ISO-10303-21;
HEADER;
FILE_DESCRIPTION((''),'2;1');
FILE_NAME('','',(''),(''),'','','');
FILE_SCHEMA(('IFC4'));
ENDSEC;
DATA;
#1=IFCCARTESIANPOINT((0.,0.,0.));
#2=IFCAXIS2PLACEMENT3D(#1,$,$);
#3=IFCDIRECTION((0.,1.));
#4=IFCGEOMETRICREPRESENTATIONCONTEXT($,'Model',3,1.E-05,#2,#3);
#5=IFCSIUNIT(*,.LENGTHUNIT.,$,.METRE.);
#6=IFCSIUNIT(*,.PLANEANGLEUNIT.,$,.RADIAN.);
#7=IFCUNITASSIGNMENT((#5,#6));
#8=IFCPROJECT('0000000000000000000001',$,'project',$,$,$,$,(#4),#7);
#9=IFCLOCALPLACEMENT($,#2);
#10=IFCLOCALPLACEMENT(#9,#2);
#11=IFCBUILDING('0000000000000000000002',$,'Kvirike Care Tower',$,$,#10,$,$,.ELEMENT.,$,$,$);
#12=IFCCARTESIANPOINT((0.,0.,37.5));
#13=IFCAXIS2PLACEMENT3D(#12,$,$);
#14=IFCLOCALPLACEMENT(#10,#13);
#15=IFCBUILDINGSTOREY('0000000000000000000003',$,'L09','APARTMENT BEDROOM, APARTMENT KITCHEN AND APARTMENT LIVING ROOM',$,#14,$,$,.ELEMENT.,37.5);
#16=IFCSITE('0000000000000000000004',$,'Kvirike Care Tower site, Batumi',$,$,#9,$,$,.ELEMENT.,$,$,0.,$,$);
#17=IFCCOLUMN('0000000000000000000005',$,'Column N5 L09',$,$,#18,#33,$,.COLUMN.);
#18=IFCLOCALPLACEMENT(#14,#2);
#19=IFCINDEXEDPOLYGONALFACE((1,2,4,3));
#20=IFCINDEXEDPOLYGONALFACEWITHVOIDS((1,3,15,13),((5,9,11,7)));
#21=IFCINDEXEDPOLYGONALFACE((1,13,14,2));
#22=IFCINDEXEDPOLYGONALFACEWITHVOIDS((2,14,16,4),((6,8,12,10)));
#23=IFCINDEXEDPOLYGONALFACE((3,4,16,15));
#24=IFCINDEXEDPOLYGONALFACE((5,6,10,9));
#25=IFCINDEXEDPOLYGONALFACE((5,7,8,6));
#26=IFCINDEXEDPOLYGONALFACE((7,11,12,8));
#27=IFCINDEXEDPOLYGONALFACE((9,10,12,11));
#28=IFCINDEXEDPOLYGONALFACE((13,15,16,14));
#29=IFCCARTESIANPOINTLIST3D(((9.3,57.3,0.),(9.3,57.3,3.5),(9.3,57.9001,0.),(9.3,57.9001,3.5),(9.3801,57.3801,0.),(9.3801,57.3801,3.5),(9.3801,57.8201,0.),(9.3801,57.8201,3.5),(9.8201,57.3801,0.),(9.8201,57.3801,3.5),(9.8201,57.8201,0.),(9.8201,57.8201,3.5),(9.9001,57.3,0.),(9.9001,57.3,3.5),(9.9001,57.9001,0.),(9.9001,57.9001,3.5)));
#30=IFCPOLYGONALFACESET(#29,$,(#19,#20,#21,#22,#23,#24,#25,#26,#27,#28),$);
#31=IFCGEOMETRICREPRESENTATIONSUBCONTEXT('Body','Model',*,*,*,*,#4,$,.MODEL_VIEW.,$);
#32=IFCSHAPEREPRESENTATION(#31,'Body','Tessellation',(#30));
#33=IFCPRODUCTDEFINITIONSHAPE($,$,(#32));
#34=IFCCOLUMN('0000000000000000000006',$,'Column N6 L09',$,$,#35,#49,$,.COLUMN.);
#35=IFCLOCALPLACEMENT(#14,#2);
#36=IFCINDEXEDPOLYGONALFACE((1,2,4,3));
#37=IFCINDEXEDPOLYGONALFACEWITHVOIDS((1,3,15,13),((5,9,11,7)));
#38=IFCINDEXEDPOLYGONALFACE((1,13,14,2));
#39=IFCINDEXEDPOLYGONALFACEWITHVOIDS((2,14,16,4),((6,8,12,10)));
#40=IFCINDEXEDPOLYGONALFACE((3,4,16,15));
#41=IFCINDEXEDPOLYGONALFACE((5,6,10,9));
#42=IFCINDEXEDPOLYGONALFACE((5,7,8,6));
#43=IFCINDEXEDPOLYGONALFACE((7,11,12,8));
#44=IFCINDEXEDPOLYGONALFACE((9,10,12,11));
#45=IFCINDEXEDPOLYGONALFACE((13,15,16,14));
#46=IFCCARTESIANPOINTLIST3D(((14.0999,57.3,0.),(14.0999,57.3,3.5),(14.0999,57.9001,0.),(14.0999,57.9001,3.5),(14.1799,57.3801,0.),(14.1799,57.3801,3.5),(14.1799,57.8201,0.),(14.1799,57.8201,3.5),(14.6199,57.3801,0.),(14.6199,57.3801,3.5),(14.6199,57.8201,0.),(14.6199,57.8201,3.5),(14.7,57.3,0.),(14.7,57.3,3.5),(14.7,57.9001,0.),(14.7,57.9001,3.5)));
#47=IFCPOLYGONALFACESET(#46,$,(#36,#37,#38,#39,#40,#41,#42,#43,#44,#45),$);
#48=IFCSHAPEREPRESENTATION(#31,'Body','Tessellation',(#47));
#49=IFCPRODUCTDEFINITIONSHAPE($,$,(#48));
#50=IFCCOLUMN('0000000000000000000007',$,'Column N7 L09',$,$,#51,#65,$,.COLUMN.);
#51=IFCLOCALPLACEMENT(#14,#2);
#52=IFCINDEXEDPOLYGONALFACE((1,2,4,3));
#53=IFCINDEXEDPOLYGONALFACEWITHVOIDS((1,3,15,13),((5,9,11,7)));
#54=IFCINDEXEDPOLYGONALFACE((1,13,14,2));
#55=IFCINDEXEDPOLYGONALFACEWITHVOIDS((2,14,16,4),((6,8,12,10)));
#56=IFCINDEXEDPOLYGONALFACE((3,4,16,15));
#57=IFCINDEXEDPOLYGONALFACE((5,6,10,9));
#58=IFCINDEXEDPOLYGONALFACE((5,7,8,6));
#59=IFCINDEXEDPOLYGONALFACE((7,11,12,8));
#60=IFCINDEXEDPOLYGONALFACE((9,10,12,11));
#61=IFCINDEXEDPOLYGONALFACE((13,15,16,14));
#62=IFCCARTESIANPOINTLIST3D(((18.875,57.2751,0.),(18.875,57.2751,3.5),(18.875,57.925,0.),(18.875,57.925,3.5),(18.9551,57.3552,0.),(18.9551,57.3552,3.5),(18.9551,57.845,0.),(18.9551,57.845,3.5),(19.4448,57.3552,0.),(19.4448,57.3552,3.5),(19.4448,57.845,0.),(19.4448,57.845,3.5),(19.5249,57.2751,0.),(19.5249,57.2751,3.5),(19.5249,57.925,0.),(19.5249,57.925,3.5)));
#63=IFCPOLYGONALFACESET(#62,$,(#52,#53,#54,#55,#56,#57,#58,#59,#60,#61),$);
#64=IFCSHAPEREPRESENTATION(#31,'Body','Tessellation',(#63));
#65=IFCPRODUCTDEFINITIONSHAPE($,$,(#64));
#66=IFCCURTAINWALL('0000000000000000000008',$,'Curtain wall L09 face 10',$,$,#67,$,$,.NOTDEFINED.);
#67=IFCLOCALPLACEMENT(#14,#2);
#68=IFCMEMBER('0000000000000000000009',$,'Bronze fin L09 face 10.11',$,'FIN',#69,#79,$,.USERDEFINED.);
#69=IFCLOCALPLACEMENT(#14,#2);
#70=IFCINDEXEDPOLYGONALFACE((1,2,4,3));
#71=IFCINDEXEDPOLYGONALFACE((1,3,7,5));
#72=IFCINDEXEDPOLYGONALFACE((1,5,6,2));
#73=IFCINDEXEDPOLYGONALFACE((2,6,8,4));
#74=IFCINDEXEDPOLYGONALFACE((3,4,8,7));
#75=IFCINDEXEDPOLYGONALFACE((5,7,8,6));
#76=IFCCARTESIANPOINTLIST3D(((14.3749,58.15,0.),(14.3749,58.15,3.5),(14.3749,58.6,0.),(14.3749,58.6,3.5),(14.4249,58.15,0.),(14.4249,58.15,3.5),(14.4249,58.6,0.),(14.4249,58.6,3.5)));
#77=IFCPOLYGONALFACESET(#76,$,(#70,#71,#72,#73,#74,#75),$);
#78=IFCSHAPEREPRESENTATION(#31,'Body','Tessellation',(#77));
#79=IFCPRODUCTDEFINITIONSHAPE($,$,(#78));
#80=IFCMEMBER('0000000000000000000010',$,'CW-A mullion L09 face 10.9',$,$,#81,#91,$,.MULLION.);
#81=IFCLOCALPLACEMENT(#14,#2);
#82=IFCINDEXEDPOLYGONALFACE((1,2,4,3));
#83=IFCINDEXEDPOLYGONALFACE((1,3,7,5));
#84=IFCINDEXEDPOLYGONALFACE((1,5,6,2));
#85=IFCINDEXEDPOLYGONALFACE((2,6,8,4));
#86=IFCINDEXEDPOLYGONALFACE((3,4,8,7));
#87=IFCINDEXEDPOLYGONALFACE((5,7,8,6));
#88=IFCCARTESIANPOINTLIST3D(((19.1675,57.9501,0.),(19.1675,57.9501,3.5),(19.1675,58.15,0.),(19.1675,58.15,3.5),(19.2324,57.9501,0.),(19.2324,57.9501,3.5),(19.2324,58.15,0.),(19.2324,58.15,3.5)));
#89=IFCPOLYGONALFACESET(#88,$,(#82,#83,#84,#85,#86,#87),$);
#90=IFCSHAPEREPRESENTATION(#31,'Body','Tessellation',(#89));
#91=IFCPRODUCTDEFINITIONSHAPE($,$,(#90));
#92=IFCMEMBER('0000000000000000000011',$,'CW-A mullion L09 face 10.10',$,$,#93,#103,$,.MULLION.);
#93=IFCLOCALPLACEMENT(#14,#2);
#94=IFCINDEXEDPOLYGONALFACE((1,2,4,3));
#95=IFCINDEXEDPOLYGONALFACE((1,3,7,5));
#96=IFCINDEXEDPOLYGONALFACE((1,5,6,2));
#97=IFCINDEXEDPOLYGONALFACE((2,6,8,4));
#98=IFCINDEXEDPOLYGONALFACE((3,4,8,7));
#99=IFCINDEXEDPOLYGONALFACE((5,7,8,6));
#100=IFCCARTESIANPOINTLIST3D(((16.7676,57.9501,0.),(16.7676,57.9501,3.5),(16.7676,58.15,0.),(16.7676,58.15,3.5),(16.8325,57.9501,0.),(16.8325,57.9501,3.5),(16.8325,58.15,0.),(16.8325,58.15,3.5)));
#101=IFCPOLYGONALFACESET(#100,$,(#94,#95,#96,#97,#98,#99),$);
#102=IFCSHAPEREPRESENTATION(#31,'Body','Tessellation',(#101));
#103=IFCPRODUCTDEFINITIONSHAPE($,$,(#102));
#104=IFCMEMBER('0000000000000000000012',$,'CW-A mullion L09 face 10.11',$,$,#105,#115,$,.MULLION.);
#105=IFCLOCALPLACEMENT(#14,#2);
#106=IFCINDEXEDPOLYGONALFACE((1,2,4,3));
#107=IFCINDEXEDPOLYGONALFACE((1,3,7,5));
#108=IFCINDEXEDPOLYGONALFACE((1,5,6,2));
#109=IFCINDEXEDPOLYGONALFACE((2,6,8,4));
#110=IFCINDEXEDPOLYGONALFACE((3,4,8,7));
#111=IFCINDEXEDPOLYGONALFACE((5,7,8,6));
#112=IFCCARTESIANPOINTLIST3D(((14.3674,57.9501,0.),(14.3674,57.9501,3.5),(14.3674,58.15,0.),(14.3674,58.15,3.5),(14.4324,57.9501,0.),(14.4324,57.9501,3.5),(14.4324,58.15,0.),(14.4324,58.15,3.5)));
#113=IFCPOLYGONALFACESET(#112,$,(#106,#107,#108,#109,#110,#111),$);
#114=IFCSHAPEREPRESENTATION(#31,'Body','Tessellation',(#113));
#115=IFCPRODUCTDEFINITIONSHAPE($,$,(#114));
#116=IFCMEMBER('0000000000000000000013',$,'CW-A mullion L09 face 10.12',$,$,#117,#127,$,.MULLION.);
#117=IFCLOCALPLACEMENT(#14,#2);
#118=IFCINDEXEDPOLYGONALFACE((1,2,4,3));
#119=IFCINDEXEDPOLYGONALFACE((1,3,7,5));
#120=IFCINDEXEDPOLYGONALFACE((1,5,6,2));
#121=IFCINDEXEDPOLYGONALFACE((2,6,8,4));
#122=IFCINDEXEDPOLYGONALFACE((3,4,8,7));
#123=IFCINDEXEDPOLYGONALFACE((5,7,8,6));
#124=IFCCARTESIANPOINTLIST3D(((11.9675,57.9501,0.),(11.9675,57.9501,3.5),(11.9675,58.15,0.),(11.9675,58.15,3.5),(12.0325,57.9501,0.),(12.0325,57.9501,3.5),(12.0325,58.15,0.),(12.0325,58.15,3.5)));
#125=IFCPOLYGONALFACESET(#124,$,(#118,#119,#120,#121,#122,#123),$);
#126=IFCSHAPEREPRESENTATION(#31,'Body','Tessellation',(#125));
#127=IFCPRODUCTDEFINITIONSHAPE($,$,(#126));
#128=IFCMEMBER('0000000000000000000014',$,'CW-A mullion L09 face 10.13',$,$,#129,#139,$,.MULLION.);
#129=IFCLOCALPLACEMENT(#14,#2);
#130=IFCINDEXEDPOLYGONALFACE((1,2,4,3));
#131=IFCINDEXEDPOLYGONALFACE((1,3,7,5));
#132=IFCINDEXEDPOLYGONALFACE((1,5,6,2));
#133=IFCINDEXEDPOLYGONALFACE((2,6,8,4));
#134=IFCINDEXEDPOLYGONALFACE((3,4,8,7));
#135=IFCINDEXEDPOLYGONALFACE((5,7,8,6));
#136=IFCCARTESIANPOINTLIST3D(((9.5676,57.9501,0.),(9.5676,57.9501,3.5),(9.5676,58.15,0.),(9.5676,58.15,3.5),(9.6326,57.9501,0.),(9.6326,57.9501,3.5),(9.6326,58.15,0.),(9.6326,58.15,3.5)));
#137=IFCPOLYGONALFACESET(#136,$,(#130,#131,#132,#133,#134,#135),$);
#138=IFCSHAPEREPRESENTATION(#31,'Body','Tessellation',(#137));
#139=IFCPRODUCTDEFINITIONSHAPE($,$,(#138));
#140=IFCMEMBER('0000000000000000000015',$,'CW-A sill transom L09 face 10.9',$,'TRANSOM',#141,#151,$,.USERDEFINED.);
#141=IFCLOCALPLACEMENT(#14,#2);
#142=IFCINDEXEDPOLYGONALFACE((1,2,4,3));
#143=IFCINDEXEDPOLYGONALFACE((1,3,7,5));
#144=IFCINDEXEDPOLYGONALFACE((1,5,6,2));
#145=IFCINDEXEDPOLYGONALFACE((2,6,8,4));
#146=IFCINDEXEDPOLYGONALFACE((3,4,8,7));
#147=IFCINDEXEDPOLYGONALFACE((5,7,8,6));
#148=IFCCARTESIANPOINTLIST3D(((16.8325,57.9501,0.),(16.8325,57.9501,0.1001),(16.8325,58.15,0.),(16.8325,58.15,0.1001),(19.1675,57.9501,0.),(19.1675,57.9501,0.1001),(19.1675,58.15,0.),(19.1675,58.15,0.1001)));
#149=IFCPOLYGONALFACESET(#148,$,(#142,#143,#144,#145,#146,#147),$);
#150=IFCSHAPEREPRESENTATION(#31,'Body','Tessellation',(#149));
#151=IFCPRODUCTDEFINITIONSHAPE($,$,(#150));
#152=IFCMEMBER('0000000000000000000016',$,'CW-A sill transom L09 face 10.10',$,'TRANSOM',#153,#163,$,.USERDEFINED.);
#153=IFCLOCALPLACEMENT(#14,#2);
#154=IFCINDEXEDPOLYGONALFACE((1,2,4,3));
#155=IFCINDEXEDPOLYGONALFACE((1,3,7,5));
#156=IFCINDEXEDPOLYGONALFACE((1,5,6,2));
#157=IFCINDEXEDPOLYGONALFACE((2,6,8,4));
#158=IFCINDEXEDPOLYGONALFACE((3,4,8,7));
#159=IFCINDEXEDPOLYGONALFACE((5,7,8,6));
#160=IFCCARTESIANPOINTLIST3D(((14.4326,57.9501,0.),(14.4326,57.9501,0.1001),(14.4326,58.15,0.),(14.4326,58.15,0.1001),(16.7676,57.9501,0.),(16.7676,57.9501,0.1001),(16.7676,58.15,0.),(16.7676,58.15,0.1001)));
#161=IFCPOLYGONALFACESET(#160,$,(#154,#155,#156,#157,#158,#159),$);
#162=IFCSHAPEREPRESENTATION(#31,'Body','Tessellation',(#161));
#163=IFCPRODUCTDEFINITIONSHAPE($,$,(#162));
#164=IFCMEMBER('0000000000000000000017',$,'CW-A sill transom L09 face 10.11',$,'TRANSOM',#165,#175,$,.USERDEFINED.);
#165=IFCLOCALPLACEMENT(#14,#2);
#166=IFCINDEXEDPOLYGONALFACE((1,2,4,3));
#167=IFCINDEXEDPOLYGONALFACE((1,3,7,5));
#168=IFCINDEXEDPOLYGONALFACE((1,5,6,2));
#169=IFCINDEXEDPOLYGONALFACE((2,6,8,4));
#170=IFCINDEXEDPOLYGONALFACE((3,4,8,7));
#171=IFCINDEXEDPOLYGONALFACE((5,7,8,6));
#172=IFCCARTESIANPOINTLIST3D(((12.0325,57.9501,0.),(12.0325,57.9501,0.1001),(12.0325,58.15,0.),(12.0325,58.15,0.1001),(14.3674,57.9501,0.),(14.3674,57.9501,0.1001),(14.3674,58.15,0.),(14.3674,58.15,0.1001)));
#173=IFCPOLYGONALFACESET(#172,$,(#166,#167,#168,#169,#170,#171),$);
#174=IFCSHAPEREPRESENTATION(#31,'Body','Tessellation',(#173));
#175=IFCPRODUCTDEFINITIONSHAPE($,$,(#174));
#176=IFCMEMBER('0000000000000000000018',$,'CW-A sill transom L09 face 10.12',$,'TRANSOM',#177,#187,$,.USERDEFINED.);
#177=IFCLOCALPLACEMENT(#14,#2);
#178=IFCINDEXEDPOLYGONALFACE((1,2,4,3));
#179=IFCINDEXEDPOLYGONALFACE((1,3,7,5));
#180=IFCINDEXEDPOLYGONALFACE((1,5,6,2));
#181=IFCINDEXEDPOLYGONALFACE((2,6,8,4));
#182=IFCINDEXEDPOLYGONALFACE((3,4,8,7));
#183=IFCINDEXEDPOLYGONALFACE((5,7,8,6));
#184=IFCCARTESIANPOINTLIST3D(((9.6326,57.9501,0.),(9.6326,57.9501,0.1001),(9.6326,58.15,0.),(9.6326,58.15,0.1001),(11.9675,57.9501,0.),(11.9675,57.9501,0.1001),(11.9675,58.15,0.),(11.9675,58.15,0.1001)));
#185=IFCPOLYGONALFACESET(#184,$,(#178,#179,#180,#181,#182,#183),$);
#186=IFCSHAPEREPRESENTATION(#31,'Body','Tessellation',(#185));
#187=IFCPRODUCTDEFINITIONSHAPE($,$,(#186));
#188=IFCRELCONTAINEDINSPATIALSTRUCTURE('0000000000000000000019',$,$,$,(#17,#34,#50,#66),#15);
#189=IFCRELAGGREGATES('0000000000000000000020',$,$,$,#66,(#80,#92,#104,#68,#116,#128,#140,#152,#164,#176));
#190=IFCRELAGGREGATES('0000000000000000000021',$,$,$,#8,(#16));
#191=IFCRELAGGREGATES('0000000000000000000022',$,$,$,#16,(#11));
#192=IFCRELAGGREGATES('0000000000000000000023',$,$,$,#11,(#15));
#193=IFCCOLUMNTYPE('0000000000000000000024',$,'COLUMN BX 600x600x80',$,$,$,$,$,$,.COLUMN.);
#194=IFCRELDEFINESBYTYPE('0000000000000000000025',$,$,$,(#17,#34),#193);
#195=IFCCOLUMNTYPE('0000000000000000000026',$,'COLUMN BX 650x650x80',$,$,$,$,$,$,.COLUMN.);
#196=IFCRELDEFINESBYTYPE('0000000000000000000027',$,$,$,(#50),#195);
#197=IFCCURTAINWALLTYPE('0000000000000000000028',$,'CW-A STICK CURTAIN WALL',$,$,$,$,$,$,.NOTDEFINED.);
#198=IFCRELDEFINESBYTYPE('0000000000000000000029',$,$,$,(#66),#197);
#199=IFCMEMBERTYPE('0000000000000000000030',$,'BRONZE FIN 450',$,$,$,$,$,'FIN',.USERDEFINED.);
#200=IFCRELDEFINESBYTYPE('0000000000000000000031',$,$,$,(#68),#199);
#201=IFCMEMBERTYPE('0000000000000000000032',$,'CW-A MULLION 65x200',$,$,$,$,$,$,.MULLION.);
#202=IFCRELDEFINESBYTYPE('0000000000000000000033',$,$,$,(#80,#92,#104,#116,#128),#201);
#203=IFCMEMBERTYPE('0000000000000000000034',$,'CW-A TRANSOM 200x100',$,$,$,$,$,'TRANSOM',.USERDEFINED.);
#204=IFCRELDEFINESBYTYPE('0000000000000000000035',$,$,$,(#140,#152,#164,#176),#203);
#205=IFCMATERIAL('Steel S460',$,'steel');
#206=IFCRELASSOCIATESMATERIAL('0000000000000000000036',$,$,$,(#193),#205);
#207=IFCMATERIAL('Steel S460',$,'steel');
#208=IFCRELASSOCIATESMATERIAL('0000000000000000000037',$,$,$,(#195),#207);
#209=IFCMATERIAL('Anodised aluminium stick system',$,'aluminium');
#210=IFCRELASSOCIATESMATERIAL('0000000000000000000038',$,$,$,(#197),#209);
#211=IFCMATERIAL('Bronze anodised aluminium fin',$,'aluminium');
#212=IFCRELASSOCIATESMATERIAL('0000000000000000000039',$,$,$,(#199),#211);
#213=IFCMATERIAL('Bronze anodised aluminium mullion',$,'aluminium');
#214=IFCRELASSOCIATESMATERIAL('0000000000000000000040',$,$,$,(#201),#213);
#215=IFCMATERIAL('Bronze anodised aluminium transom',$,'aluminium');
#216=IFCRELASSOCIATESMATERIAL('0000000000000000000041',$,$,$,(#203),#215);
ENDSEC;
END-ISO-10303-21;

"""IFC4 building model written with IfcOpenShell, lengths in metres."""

from ifc_helpers import new_model, si_unit, direction, frame, origin, origin_2d, place, context, subcontext, project, spatial, rectangle, hollow_rectangle, extrude, material, material_profile, profile_set, type_object, element, aggregate, save


model = new_model("IFC4")

# Units and contexts
model_context = context("Model", 3, precision=1e-05, world=origin(), true_north=direction((0.0, 1.0)))
body_context = subcontext(model_context, "Body", "Model", "MODEL_VIEW")
ifc_project = project(units=[si_unit("LENGTHUNIT", "METRE"), si_unit("PLANEANGLEUNIT", "RADIAN")], contexts=[model_context])

# Site, building, storey
site_placement = place(None, origin())
site = spatial("IfcSite", under=ifc_project, at=site_placement, Name="Kvirike Care Tower site, Batumi", CompositionType="ELEMENT", RefElevation=0.0)
building_placement = place(site_placement, origin())
building = spatial("IfcBuilding", under=site, at=building_placement, Name="Kvirike Care Tower", CompositionType="ELEMENT")
storey_placement = place(building_placement, frame((0.0, 0.0, 37.5)))
storey = spatial("IfcBuildingStorey", under=building, at=storey_placement, Name="L09", Description="APARTMENT BEDROOM, APARTMENT KITCHEN AND APARTMENT LIVING ROOM", CompositionType="ELEMENT", Elevation=37.5)

# Columns
ifc_material_1 = material(Name="Steel S460", Category="steel")
ifc_material_profile_1 = material_profile(ifc_material_1, hollow_rectangle(XDim=0.6001, YDim=0.6001, WallThickness=0.0801, at=origin_2d()), Name="BX 600x600x80")
ifc_profile_set_1 = profile_set([ifc_material_profile_1], Name="Steel S460")
column_type_1 = type_object("IfcColumnType", Name="COLUMN BX 600x600x80", PredefinedType="COLUMN", material=ifc_profile_set_1)
for number, where, z_axis, x_axis, name in (
    (1, (9.6001, 57.6001, 0.0), (0.0, 0.0, 1.0), (0.0, 1.0, 0.0), "Column N5 L09"),
    (2, (14.3999, 57.6001, 0.0), (0.0, 0.0, 1.0), (0.0, 1.0, 0.0), "Column N6 L09"),
):
    element("IfcColumn", number, at=place(storey_placement, frame(where, z_axis=z_axis, x_axis=x_axis)), inside=storey, type_object=column_type_1, Name=name, PredefinedType="COLUMN", context=body_context, shape_type="SweptSolid", body=[
        extrude(hollow_rectangle(XDim=0.6001, YDim=0.6001, WallThickness=0.0801, at=origin_2d()), origin(), (0.0, 0.0, 1.0), 3.5),
    ])
ifc_material_2 = material(Name="Steel S460", Category="steel")
ifc_material_profile_2 = material_profile(ifc_material_2, hollow_rectangle(XDim=0.6499, YDim=0.6499, WallThickness=0.0801, at=origin_2d()), Name="BX 650x650x80")
ifc_profile_set_2 = profile_set([ifc_material_profile_2], Name="Steel S460")
column_type_2 = type_object("IfcColumnType", Name="COLUMN BX 650x650x80", PredefinedType="COLUMN", material=ifc_profile_set_2)
column_placement = place(storey_placement, frame((19.2, 57.6001, 0.0), z_axis=(0.0, 0.0, 1.0), x_axis=(0.0, 1.0, 0.0)))
element("IfcColumn", 3, at=column_placement, inside=storey, type_object=column_type_2, Name="Column N7 L09", PredefinedType="COLUMN", context=body_context, shape_type="SweptSolid", body=[
    extrude(hollow_rectangle(XDim=0.6499, YDim=0.6499, WallThickness=0.0801, at=origin_2d()), origin(), (0.0, 0.0, 1.0), 3.5),
])

# Curtain wall, members
ifc_material_3 = material(Name="Anodised aluminium stick system", Category="aluminium")
curtain_wall_type = type_object("IfcCurtainWallType", Name="CW-A STICK CURTAIN WALL", PredefinedType="NOTDEFINED", material=ifc_material_3)
curtain_wall_placement = place(storey_placement, origin())
curtain_wall = element("IfcCurtainWall", 4, at=curtain_wall_placement, inside=storey, type_object=curtain_wall_type, Name="Curtain wall L09 face 10", PredefinedType="NOTDEFINED")
ifc_material_4 = material(Name="Bronze anodised aluminium fin", Category="aluminium")
ifc_material_profile_3 = material_profile(ifc_material_4, rectangle(XDim=0.05, YDim=0.45, at=origin_2d()), Name="BRONZE FIN 450")
ifc_profile_set_3 = profile_set([ifc_material_profile_3], Name="Bronze anodised aluminium fin")
member_type_1 = type_object("IfcMemberType", Name="BRONZE FIN 450", ElementType="FIN", PredefinedType="USERDEFINED", material=ifc_profile_set_3)
member_1_placement = place(storey_placement, frame((14.3999, 58.375, 0.0), z_axis=(0.0, 0.0, 1.0), x_axis=(-1.0, 0.0, 0.0)))
member_1 = element("IfcMember", 5, at=member_1_placement, type_object=member_type_1, Name="Bronze fin L09 face 10.11", ObjectType="FIN", PredefinedType="USERDEFINED", context=body_context, shape_type="SweptSolid", body=[
    extrude(rectangle(XDim=0.05, YDim=0.45, at=origin_2d()), origin(), (0.0, 0.0, 1.0), 3.5),
])
ifc_material_5 = material(Name="Bronze anodised aluminium mullion", Category="aluminium")
ifc_material_profile_4 = material_profile(ifc_material_5, rectangle(XDim=0.0649, YDim=0.2, at=origin_2d()), Name="CW-A MULLION 65x200")
ifc_profile_set_4 = profile_set([ifc_material_profile_4], Name="Bronze anodised aluminium mullion")
member_type_2 = type_object("IfcMemberType", Name="CW-A MULLION 65x200", PredefinedType="MULLION", material=ifc_profile_set_4)
member_2_placement = place(storey_placement, frame((19.2, 58.05, 0.0), z_axis=(0.0, 0.0, 1.0), x_axis=(-1.0, 0.0, 0.0)))
member_2 = element("IfcMember", 6, at=member_2_placement, type_object=member_type_2, Name="CW-A mullion L09 face 10.9", PredefinedType="MULLION", context=body_context, shape_type="SweptSolid", body=[
    extrude(rectangle(XDim=0.0649, YDim=0.2, at=origin_2d()), origin(), (0.0, 0.0, 1.0), 3.5),
])
member_3_placement = place(storey_placement, frame((16.8, 58.05, 0.0), z_axis=(0.0, 0.0, 1.0), x_axis=(-1.0, 0.0, 0.0)))
member_3 = element("IfcMember", 7, at=member_3_placement, type_object=member_type_2, Name="CW-A mullion L09 face 10.10", PredefinedType="MULLION", context=body_context, shape_type="SweptSolid", body=[
    extrude(rectangle(XDim=0.0649, YDim=0.2, at=origin_2d()), origin(), (0.0, 0.0, 1.0), 3.5),
])
member_4_placement = place(storey_placement, frame((14.3999, 58.05, 0.0), z_axis=(0.0, 0.0, 1.0), x_axis=(-1.0, 0.0, 0.0)))
member_4 = element("IfcMember", 8, at=member_4_placement, type_object=member_type_2, Name="CW-A mullion L09 face 10.11", PredefinedType="MULLION", context=body_context, shape_type="SweptSolid", body=[
    extrude(rectangle(XDim=0.0649, YDim=0.2, at=origin_2d()), origin(), (0.0, 0.0, 1.0), 3.5),
])
member_5_placement = place(storey_placement, frame((12.0, 58.05, 0.0), z_axis=(0.0, 0.0, 1.0), x_axis=(-1.0, 0.0, 0.0)))
member_5 = element("IfcMember", 9, at=member_5_placement, type_object=member_type_2, Name="CW-A mullion L09 face 10.12", PredefinedType="MULLION", context=body_context, shape_type="SweptSolid", body=[
    extrude(rectangle(XDim=0.0649, YDim=0.2, at=origin_2d()), origin(), (0.0, 0.0, 1.0), 3.5),
])
member_6_placement = place(storey_placement, frame((9.6001, 58.05, 0.0), z_axis=(0.0, 0.0, 1.0), x_axis=(-1.0, 0.0, 0.0)))
member_6 = element("IfcMember", 10, at=member_6_placement, type_object=member_type_2, Name="CW-A mullion L09 face 10.13", PredefinedType="MULLION", context=body_context, shape_type="SweptSolid", body=[
    extrude(rectangle(XDim=0.0649, YDim=0.2, at=origin_2d()), origin(), (0.0, 0.0, 1.0), 3.5),
])
ifc_material_6 = material(Name="Bronze anodised aluminium transom", Category="aluminium")
ifc_material_profile_5 = material_profile(ifc_material_6, rectangle(XDim=0.2, YDim=0.1001, at=origin_2d()), Name="CW-A TRANSOM 200x100")
ifc_profile_set_5 = profile_set([ifc_material_profile_5], Name="Bronze anodised aluminium transom")
member_type_3 = type_object("IfcMemberType", Name="CW-A TRANSOM 200x100", ElementType="TRANSOM", PredefinedType="USERDEFINED", material=ifc_profile_set_5)
member_7_placement = place(storey_placement, frame((19.1675, 58.05, 0.05), z_axis=(-1.0, 0.0, 0.0), x_axis=(0.0, -1.0, 0.0)))
member_7 = element("IfcMember", 11, at=member_7_placement, type_object=member_type_3, Name="CW-A sill transom L09 face 10.9", ObjectType="TRANSOM", PredefinedType="USERDEFINED", context=body_context, shape_type="SweptSolid", body=[
    extrude(rectangle(XDim=0.2, YDim=0.1001, at=origin_2d()), origin(), (0.0, 0.0, 1.0), 2.335),
])
member_8_placement = place(storey_placement, frame((16.7676, 58.05, 0.05), z_axis=(-1.0, 0.0, 0.0), x_axis=(0.0, -1.0, 0.0)))
member_8 = element("IfcMember", 12, at=member_8_placement, type_object=member_type_3, Name="CW-A sill transom L09 face 10.10", ObjectType="TRANSOM", PredefinedType="USERDEFINED", context=body_context, shape_type="SweptSolid", body=[
    extrude(rectangle(XDim=0.2, YDim=0.1001, at=origin_2d()), origin(), (0.0, 0.0, 1.0), 2.335),
])
member_9_placement = place(storey_placement, frame((14.3674, 58.05, 0.05), z_axis=(-1.0, 0.0, 0.0), x_axis=(0.0, -1.0, 0.0)))
member_9 = element("IfcMember", 13, at=member_9_placement, type_object=member_type_3, Name="CW-A sill transom L09 face 10.11", ObjectType="TRANSOM", PredefinedType="USERDEFINED", context=body_context, shape_type="SweptSolid", body=[
    extrude(rectangle(XDim=0.2, YDim=0.1001, at=origin_2d()), origin(), (0.0, 0.0, 1.0), 2.335),
])
member_10_placement = place(storey_placement, frame((11.9675, 58.05, 0.05), z_axis=(-1.0, 0.0, 0.0), x_axis=(0.0, -1.0, 0.0)))
member_10 = element("IfcMember", 14, at=member_10_placement, type_object=member_type_3, Name="CW-A sill transom L09 face 10.12", ObjectType="TRANSOM", PredefinedType="USERDEFINED", context=body_context, shape_type="SweptSolid", body=[
    extrude(rectangle(XDim=0.2, YDim=0.1001, at=origin_2d()), origin(), (0.0, 0.0, 1.0), 2.335),
])

aggregate(curtain_wall, [member_2, member_3, member_4, member_1, member_5, member_6, member_7, member_8, member_9, member_10])

save(model, "model.ifc")
